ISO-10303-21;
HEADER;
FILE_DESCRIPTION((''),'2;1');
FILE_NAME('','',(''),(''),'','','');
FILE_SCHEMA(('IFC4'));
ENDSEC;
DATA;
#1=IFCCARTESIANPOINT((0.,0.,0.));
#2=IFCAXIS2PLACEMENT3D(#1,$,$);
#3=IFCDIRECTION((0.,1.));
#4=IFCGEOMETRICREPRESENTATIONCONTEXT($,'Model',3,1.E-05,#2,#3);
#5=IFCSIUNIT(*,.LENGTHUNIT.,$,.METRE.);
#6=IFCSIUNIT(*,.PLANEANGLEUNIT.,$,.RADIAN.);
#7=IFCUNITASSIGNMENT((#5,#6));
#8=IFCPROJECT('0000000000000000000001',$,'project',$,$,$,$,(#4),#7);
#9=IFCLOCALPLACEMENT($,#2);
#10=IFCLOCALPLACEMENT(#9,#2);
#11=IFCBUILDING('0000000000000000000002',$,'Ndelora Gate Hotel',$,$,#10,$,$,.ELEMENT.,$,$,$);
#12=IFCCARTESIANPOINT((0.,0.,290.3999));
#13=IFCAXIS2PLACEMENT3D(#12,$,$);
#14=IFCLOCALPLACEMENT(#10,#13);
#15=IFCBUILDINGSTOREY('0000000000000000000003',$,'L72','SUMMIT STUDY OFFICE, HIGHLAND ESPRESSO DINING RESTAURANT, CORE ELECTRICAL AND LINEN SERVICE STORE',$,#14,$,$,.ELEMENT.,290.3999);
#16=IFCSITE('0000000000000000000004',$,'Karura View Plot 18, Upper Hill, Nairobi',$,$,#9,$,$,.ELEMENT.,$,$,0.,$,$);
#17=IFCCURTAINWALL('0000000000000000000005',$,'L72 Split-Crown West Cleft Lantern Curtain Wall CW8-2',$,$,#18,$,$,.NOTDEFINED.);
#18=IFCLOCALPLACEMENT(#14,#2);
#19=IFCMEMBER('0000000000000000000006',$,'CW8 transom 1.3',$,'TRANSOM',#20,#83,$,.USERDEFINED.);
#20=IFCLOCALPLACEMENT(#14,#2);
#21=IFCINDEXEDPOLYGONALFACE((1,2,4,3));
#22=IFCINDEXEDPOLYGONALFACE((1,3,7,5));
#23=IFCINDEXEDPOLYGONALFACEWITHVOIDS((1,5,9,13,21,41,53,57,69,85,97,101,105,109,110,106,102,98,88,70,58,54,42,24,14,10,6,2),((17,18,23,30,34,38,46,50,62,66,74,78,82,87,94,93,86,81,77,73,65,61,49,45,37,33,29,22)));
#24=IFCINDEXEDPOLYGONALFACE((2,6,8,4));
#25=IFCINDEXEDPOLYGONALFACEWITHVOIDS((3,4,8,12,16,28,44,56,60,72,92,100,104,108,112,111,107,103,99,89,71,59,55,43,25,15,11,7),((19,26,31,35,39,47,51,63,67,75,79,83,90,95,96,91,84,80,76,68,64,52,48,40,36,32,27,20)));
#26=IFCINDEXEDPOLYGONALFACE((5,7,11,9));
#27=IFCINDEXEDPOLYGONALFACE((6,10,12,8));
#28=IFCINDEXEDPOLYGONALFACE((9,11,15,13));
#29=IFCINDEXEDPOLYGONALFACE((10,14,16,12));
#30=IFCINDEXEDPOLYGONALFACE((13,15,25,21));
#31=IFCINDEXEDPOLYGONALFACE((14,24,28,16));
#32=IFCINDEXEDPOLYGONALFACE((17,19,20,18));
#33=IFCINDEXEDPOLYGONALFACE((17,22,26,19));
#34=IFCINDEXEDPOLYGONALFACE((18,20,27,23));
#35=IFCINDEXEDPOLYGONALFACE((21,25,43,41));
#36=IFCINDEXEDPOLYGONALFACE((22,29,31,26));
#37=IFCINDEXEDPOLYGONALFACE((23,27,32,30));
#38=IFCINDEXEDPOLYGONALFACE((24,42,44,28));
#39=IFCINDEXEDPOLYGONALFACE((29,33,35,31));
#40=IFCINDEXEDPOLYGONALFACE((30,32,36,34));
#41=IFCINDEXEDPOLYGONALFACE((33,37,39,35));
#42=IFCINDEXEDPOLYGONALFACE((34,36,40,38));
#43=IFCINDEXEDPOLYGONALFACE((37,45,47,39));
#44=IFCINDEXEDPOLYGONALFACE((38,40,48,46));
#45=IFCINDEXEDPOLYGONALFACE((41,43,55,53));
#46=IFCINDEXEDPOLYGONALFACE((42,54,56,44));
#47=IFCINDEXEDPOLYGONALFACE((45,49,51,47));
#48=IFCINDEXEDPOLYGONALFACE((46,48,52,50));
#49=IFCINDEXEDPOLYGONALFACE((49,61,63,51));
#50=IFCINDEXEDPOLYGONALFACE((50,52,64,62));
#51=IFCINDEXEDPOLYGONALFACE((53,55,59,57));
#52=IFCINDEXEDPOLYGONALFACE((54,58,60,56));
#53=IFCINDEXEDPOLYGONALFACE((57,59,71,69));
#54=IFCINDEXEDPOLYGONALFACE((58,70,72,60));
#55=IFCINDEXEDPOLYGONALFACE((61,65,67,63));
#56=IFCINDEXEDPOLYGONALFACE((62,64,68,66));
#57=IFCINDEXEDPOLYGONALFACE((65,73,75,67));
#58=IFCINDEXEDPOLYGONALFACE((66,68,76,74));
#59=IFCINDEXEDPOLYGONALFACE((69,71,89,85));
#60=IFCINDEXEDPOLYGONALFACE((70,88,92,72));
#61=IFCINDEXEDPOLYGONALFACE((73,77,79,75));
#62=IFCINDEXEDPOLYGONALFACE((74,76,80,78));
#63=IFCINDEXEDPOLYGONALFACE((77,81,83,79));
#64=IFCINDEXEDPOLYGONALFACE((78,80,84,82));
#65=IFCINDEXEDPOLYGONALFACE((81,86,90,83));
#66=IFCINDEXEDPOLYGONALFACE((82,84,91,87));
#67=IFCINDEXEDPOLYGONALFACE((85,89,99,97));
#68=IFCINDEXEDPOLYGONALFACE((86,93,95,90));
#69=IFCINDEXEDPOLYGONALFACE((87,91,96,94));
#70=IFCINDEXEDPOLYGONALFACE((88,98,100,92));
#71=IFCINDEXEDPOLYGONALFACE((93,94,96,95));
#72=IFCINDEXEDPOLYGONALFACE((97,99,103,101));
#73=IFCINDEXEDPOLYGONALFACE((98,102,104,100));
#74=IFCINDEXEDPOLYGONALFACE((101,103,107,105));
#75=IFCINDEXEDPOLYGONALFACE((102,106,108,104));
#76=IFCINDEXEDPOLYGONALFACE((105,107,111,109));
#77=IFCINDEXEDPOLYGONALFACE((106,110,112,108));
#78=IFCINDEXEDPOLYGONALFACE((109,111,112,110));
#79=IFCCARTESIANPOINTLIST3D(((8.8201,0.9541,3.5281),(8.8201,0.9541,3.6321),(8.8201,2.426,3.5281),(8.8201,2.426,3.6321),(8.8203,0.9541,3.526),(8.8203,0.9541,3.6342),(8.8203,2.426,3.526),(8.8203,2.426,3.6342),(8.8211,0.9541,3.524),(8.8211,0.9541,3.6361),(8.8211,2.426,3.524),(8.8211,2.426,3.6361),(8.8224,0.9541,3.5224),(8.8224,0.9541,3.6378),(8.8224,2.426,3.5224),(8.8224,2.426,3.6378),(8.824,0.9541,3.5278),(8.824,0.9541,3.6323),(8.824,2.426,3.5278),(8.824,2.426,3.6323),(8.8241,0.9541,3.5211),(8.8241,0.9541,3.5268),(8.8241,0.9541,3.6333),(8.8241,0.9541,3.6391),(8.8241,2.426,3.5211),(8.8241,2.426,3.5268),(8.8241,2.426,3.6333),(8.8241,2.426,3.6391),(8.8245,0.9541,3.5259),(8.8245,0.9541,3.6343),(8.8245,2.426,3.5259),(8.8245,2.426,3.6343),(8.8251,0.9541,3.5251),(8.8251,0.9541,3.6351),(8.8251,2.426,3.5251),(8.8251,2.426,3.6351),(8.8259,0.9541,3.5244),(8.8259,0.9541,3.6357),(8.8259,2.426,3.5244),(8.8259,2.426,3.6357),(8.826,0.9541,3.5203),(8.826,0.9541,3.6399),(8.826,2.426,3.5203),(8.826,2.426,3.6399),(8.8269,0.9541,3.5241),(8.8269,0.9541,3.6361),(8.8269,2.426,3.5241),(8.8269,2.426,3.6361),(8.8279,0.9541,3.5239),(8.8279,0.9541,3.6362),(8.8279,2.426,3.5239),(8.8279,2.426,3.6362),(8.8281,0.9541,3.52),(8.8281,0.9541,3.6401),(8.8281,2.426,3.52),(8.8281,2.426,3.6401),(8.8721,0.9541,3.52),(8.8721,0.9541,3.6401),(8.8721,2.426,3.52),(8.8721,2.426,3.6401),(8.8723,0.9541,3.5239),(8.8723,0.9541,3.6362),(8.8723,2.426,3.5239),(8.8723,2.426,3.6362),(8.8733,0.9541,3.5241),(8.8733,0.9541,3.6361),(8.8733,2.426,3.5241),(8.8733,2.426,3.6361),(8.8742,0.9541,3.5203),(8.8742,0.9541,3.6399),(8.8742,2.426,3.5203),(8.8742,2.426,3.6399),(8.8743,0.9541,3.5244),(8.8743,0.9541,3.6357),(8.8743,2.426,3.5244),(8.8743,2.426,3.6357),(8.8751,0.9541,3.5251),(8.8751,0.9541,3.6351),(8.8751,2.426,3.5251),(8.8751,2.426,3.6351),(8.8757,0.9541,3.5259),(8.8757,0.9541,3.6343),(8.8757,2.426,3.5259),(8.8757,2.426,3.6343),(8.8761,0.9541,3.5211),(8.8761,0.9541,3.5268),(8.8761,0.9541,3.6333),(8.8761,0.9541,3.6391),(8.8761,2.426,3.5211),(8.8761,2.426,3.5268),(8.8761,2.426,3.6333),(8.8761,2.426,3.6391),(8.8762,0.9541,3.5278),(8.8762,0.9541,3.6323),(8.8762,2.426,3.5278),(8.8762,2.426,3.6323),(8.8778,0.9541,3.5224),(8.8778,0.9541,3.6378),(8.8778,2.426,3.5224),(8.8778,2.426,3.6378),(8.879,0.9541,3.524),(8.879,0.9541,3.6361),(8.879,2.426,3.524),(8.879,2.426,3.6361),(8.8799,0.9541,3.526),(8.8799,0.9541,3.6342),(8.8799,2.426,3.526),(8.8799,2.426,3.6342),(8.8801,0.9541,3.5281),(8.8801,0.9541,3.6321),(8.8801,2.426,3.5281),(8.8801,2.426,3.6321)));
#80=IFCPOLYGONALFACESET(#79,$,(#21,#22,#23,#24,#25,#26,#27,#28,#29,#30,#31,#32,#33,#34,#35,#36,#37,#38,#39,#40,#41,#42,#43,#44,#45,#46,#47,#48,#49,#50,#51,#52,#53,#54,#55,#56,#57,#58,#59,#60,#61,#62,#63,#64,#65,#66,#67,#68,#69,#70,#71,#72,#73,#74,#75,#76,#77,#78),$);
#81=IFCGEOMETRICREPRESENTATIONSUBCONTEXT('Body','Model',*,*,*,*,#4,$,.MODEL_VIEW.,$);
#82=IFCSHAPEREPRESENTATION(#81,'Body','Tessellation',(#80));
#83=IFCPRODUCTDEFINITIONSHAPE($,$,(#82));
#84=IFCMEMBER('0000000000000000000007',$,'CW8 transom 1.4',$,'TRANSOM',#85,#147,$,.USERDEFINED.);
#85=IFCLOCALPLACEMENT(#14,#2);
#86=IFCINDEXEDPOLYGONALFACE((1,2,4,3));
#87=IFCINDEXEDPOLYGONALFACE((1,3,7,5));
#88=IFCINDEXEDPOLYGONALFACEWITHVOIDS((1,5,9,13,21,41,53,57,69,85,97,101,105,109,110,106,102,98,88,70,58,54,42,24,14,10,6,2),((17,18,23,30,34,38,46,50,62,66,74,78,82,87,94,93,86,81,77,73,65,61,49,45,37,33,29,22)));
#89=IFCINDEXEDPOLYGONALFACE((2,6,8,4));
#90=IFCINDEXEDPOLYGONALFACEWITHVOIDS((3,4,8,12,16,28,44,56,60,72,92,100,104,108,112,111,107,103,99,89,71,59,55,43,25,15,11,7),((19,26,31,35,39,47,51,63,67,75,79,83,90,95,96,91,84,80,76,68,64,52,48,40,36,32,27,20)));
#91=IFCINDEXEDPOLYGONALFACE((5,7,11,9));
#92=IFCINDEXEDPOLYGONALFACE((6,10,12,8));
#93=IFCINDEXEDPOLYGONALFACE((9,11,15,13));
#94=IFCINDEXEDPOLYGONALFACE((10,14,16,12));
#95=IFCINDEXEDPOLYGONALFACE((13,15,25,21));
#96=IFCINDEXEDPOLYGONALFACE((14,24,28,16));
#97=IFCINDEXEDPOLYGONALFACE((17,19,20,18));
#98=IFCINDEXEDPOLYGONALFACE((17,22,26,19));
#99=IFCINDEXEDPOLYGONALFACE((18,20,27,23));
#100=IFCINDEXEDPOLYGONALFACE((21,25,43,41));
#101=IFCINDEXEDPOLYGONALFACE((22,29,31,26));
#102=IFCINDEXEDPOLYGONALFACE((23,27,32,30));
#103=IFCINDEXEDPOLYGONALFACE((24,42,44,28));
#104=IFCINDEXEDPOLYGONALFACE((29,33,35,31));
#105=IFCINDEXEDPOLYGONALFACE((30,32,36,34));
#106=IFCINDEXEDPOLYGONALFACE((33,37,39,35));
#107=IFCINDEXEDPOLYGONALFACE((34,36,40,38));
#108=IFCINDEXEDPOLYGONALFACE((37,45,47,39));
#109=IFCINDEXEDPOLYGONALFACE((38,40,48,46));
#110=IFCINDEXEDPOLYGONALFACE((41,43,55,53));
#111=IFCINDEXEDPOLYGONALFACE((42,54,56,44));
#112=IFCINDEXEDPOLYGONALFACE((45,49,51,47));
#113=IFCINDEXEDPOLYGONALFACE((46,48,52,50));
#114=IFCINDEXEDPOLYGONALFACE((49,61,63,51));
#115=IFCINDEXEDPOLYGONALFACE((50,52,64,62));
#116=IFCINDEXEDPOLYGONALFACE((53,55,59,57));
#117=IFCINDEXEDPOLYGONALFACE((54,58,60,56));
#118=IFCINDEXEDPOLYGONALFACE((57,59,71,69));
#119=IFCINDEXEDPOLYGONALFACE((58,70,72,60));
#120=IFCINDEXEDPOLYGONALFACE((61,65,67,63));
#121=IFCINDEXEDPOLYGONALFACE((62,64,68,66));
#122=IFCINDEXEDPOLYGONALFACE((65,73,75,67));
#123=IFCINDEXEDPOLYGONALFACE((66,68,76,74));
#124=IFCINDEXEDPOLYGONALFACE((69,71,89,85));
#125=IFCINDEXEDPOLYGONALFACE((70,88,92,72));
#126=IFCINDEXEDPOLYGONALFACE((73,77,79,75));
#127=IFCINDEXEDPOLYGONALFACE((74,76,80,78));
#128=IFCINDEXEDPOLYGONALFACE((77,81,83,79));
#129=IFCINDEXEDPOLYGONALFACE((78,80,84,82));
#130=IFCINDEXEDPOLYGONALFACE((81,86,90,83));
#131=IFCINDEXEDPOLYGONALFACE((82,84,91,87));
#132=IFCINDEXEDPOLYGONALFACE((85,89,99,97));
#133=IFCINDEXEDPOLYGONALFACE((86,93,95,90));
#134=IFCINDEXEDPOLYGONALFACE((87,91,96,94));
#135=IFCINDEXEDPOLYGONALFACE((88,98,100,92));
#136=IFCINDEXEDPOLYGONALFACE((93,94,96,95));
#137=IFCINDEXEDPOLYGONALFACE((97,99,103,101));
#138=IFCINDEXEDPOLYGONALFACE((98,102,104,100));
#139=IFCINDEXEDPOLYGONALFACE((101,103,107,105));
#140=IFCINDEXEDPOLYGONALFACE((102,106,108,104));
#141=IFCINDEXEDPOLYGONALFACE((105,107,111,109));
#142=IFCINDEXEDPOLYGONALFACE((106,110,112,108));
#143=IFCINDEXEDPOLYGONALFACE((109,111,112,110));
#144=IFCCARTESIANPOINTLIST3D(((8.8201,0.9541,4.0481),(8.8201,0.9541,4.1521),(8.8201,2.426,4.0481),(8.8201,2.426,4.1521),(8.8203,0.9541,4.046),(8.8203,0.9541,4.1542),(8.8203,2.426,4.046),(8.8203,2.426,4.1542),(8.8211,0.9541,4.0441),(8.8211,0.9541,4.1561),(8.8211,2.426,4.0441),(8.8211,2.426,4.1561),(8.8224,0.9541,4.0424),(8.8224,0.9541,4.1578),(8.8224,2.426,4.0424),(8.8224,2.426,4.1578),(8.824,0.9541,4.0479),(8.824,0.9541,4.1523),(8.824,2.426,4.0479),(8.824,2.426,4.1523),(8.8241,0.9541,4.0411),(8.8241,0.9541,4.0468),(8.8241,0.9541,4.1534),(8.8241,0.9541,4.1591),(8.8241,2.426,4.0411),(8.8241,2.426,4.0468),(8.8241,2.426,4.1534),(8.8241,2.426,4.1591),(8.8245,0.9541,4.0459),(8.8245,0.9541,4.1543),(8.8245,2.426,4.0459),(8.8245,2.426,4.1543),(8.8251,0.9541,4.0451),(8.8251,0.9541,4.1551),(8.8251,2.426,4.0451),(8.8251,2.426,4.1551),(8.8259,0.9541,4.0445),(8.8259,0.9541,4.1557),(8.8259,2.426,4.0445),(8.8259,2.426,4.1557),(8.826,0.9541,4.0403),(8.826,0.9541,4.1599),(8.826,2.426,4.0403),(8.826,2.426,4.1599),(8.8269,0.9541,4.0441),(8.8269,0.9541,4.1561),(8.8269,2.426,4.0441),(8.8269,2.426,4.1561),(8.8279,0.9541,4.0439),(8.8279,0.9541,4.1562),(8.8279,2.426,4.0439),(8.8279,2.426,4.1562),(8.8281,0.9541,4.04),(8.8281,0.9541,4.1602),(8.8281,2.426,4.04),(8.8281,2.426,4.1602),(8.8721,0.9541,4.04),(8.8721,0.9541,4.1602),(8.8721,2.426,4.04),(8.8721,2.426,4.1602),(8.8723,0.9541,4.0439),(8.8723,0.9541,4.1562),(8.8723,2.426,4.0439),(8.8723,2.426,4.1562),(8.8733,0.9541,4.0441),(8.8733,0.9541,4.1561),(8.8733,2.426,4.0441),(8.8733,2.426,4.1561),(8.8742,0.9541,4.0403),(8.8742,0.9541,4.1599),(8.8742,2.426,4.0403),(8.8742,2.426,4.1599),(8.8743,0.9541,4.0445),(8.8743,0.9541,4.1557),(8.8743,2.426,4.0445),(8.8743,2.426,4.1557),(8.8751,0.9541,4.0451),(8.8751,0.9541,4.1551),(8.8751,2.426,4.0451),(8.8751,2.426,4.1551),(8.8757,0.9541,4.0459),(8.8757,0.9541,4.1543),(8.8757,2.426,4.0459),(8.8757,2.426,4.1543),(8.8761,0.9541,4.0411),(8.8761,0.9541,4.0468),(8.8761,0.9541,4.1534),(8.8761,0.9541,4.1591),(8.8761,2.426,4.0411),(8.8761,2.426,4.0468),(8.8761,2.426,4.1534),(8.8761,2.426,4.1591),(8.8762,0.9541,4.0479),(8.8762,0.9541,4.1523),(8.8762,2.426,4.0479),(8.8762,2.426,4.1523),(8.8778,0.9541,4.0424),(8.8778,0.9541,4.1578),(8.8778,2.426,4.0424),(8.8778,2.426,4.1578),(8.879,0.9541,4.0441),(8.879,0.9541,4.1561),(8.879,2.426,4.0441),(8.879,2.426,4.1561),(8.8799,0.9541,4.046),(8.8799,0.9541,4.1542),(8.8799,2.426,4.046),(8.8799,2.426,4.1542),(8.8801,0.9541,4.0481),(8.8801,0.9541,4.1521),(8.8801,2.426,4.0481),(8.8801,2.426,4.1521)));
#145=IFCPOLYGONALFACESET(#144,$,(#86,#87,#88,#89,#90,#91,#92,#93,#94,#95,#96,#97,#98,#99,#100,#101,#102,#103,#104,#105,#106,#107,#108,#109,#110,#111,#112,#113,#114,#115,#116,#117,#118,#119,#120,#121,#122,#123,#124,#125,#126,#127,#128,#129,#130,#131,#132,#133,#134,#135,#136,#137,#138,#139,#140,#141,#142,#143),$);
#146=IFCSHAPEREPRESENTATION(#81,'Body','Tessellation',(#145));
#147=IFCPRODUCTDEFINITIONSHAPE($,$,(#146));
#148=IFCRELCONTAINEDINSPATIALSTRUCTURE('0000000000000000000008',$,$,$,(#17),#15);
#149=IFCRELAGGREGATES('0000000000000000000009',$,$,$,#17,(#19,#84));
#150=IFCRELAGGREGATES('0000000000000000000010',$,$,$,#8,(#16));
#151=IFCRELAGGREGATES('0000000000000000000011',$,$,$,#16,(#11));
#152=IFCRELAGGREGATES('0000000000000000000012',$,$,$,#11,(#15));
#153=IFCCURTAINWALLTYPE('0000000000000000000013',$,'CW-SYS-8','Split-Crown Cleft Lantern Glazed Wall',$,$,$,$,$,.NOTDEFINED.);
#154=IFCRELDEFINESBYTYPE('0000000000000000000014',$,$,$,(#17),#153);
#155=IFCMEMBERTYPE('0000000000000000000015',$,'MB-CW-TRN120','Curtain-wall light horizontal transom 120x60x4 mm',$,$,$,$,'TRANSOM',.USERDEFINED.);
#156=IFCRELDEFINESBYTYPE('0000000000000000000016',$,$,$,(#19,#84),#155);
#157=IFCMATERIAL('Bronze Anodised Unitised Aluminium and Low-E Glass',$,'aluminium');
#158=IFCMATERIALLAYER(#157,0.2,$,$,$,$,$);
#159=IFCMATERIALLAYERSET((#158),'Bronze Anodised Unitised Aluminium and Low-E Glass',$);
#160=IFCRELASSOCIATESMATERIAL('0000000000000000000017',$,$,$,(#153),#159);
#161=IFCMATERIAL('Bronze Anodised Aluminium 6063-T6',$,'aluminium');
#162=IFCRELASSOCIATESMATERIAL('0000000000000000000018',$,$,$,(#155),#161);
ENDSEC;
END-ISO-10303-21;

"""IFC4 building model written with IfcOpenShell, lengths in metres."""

from ifc_helpers import new_model, si_unit, direction, frame, origin, origin_2d, place, context, subcontext, project, spatial, hollow_rectangle, extrude, material, layer, layer_set, material_profile, profile_set, type_object, element, aggregate, save


model = new_model("IFC4")

# Units and contexts
model_context = context("Model", 3, precision=1e-05, world=origin(), true_north=direction((0.0, 1.0)))
body_context = subcontext(model_context, "Body", "Model", "MODEL_VIEW")
ifc_project = project(units=[si_unit("LENGTHUNIT", "METRE"), si_unit("PLANEANGLEUNIT", "RADIAN")], contexts=[model_context])

# Site, building, storey
site_placement = place(None, origin())
site = spatial("IfcSite", under=ifc_project, at=site_placement, Name="Karura View Plot 18, Upper Hill, Nairobi", CompositionType="ELEMENT", RefElevation=0.0)
building_placement = place(site_placement, origin())
building = spatial("IfcBuilding", under=site, at=building_placement, Name="Ndelora Gate Hotel", CompositionType="ELEMENT")
storey_placement = place(building_placement, frame((0.0, 0.0, 290.3999)))
storey = spatial("IfcBuildingStorey", under=building, at=storey_placement, Name="L72", Description="SUMMIT STUDY OFFICE, HIGHLAND ESPRESSO DINING RESTAURANT, CORE ELECTRICAL AND LINEN SERVICE STORE", CompositionType="ELEMENT", Elevation=290.3999)

# Curtain wall, members
ifc_material_1 = material(Name="Bronze Anodised Unitised Aluminium and Low-E Glass", Category="aluminium")
ifc_layer_1 = layer(ifc_material_1, 0.2)
ifc_layer_set_1 = layer_set([ifc_layer_1], Name="Bronze Anodised Unitised Aluminium and Low-E Glass")
curtain_wall_type = type_object("IfcCurtainWallType", Name="CW-SYS-8", Description="Split-Crown Cleft Lantern Glazed Wall", PredefinedType="NOTDEFINED", material=ifc_layer_set_1)
curtain_wall_1_placement = place(storey_placement, origin())
curtain_wall_1 = element("IfcCurtainWall", 1, at=curtain_wall_1_placement, inside=storey, type_object=curtain_wall_type, Name="L72 Split-Crown West Cleft Lantern Curtain Wall CW8-2", PredefinedType="NOTDEFINED")
ifc_material_2 = material(Name="Bronze Anodised Aluminium 6063-T6", Category="aluminium")
ifc_material_profile_1 = material_profile(ifc_material_2, hollow_rectangle(XDim=0.0601, YDim=0.1201, WallThickness=0.0039, InnerFilletRadius=0.0039, OuterFilletRadius=0.0081, at=origin_2d()), Name="ALU 120x60x4")
ifc_profile_set_1 = profile_set([ifc_material_profile_1], Name="Bronze Anodised Aluminium 6063-T6")
member_type_1 = type_object("IfcMemberType", Name="MB-CW-TRN120", Description="Curtain-wall light horizontal transom 120x60x4 mm", ElementType="TRANSOM", PredefinedType="USERDEFINED", material=ifc_profile_set_1)
member_1_placement = place(storey_placement, frame((8.8501, 0.9541, 3.5801), z_axis=(0.0, 1.0, 0.0), x_axis=(-1.0, 0.0, 0.0)))
member_1 = element("IfcMember", 2, at=member_1_placement, type_object=member_type_1, Name="CW8 transom 1.3", ObjectType="TRANSOM", PredefinedType="USERDEFINED", context=body_context, shape_type="SweptSolid", body=[
    extrude(hollow_rectangle(XDim=0.0601, YDim=0.1201, WallThickness=0.0039, InnerFilletRadius=0.0039, OuterFilletRadius=0.0081, at=origin_2d()), origin(), (0.0, 0.0, 1.0), 1.4719),
])
member_2_placement = place(storey_placement, frame((8.8501, 0.9541, 4.1001), z_axis=(0.0, 1.0, 0.0), x_axis=(-1.0, 0.0, 0.0)))
member_2 = element("IfcMember", 3, at=member_2_placement, type_object=member_type_1, Name="CW8 transom 1.4", ObjectType="TRANSOM", PredefinedType="USERDEFINED", context=body_context, shape_type="SweptSolid", body=[
    extrude(hollow_rectangle(XDim=0.0601, YDim=0.1201, WallThickness=0.0039, InnerFilletRadius=0.0039, OuterFilletRadius=0.0081, at=origin_2d()), origin(), (0.0, 0.0, 1.0), 1.4719),
])

aggregate(curtain_wall_1, [member_1, member_2])

save(model, "model.ifc")
